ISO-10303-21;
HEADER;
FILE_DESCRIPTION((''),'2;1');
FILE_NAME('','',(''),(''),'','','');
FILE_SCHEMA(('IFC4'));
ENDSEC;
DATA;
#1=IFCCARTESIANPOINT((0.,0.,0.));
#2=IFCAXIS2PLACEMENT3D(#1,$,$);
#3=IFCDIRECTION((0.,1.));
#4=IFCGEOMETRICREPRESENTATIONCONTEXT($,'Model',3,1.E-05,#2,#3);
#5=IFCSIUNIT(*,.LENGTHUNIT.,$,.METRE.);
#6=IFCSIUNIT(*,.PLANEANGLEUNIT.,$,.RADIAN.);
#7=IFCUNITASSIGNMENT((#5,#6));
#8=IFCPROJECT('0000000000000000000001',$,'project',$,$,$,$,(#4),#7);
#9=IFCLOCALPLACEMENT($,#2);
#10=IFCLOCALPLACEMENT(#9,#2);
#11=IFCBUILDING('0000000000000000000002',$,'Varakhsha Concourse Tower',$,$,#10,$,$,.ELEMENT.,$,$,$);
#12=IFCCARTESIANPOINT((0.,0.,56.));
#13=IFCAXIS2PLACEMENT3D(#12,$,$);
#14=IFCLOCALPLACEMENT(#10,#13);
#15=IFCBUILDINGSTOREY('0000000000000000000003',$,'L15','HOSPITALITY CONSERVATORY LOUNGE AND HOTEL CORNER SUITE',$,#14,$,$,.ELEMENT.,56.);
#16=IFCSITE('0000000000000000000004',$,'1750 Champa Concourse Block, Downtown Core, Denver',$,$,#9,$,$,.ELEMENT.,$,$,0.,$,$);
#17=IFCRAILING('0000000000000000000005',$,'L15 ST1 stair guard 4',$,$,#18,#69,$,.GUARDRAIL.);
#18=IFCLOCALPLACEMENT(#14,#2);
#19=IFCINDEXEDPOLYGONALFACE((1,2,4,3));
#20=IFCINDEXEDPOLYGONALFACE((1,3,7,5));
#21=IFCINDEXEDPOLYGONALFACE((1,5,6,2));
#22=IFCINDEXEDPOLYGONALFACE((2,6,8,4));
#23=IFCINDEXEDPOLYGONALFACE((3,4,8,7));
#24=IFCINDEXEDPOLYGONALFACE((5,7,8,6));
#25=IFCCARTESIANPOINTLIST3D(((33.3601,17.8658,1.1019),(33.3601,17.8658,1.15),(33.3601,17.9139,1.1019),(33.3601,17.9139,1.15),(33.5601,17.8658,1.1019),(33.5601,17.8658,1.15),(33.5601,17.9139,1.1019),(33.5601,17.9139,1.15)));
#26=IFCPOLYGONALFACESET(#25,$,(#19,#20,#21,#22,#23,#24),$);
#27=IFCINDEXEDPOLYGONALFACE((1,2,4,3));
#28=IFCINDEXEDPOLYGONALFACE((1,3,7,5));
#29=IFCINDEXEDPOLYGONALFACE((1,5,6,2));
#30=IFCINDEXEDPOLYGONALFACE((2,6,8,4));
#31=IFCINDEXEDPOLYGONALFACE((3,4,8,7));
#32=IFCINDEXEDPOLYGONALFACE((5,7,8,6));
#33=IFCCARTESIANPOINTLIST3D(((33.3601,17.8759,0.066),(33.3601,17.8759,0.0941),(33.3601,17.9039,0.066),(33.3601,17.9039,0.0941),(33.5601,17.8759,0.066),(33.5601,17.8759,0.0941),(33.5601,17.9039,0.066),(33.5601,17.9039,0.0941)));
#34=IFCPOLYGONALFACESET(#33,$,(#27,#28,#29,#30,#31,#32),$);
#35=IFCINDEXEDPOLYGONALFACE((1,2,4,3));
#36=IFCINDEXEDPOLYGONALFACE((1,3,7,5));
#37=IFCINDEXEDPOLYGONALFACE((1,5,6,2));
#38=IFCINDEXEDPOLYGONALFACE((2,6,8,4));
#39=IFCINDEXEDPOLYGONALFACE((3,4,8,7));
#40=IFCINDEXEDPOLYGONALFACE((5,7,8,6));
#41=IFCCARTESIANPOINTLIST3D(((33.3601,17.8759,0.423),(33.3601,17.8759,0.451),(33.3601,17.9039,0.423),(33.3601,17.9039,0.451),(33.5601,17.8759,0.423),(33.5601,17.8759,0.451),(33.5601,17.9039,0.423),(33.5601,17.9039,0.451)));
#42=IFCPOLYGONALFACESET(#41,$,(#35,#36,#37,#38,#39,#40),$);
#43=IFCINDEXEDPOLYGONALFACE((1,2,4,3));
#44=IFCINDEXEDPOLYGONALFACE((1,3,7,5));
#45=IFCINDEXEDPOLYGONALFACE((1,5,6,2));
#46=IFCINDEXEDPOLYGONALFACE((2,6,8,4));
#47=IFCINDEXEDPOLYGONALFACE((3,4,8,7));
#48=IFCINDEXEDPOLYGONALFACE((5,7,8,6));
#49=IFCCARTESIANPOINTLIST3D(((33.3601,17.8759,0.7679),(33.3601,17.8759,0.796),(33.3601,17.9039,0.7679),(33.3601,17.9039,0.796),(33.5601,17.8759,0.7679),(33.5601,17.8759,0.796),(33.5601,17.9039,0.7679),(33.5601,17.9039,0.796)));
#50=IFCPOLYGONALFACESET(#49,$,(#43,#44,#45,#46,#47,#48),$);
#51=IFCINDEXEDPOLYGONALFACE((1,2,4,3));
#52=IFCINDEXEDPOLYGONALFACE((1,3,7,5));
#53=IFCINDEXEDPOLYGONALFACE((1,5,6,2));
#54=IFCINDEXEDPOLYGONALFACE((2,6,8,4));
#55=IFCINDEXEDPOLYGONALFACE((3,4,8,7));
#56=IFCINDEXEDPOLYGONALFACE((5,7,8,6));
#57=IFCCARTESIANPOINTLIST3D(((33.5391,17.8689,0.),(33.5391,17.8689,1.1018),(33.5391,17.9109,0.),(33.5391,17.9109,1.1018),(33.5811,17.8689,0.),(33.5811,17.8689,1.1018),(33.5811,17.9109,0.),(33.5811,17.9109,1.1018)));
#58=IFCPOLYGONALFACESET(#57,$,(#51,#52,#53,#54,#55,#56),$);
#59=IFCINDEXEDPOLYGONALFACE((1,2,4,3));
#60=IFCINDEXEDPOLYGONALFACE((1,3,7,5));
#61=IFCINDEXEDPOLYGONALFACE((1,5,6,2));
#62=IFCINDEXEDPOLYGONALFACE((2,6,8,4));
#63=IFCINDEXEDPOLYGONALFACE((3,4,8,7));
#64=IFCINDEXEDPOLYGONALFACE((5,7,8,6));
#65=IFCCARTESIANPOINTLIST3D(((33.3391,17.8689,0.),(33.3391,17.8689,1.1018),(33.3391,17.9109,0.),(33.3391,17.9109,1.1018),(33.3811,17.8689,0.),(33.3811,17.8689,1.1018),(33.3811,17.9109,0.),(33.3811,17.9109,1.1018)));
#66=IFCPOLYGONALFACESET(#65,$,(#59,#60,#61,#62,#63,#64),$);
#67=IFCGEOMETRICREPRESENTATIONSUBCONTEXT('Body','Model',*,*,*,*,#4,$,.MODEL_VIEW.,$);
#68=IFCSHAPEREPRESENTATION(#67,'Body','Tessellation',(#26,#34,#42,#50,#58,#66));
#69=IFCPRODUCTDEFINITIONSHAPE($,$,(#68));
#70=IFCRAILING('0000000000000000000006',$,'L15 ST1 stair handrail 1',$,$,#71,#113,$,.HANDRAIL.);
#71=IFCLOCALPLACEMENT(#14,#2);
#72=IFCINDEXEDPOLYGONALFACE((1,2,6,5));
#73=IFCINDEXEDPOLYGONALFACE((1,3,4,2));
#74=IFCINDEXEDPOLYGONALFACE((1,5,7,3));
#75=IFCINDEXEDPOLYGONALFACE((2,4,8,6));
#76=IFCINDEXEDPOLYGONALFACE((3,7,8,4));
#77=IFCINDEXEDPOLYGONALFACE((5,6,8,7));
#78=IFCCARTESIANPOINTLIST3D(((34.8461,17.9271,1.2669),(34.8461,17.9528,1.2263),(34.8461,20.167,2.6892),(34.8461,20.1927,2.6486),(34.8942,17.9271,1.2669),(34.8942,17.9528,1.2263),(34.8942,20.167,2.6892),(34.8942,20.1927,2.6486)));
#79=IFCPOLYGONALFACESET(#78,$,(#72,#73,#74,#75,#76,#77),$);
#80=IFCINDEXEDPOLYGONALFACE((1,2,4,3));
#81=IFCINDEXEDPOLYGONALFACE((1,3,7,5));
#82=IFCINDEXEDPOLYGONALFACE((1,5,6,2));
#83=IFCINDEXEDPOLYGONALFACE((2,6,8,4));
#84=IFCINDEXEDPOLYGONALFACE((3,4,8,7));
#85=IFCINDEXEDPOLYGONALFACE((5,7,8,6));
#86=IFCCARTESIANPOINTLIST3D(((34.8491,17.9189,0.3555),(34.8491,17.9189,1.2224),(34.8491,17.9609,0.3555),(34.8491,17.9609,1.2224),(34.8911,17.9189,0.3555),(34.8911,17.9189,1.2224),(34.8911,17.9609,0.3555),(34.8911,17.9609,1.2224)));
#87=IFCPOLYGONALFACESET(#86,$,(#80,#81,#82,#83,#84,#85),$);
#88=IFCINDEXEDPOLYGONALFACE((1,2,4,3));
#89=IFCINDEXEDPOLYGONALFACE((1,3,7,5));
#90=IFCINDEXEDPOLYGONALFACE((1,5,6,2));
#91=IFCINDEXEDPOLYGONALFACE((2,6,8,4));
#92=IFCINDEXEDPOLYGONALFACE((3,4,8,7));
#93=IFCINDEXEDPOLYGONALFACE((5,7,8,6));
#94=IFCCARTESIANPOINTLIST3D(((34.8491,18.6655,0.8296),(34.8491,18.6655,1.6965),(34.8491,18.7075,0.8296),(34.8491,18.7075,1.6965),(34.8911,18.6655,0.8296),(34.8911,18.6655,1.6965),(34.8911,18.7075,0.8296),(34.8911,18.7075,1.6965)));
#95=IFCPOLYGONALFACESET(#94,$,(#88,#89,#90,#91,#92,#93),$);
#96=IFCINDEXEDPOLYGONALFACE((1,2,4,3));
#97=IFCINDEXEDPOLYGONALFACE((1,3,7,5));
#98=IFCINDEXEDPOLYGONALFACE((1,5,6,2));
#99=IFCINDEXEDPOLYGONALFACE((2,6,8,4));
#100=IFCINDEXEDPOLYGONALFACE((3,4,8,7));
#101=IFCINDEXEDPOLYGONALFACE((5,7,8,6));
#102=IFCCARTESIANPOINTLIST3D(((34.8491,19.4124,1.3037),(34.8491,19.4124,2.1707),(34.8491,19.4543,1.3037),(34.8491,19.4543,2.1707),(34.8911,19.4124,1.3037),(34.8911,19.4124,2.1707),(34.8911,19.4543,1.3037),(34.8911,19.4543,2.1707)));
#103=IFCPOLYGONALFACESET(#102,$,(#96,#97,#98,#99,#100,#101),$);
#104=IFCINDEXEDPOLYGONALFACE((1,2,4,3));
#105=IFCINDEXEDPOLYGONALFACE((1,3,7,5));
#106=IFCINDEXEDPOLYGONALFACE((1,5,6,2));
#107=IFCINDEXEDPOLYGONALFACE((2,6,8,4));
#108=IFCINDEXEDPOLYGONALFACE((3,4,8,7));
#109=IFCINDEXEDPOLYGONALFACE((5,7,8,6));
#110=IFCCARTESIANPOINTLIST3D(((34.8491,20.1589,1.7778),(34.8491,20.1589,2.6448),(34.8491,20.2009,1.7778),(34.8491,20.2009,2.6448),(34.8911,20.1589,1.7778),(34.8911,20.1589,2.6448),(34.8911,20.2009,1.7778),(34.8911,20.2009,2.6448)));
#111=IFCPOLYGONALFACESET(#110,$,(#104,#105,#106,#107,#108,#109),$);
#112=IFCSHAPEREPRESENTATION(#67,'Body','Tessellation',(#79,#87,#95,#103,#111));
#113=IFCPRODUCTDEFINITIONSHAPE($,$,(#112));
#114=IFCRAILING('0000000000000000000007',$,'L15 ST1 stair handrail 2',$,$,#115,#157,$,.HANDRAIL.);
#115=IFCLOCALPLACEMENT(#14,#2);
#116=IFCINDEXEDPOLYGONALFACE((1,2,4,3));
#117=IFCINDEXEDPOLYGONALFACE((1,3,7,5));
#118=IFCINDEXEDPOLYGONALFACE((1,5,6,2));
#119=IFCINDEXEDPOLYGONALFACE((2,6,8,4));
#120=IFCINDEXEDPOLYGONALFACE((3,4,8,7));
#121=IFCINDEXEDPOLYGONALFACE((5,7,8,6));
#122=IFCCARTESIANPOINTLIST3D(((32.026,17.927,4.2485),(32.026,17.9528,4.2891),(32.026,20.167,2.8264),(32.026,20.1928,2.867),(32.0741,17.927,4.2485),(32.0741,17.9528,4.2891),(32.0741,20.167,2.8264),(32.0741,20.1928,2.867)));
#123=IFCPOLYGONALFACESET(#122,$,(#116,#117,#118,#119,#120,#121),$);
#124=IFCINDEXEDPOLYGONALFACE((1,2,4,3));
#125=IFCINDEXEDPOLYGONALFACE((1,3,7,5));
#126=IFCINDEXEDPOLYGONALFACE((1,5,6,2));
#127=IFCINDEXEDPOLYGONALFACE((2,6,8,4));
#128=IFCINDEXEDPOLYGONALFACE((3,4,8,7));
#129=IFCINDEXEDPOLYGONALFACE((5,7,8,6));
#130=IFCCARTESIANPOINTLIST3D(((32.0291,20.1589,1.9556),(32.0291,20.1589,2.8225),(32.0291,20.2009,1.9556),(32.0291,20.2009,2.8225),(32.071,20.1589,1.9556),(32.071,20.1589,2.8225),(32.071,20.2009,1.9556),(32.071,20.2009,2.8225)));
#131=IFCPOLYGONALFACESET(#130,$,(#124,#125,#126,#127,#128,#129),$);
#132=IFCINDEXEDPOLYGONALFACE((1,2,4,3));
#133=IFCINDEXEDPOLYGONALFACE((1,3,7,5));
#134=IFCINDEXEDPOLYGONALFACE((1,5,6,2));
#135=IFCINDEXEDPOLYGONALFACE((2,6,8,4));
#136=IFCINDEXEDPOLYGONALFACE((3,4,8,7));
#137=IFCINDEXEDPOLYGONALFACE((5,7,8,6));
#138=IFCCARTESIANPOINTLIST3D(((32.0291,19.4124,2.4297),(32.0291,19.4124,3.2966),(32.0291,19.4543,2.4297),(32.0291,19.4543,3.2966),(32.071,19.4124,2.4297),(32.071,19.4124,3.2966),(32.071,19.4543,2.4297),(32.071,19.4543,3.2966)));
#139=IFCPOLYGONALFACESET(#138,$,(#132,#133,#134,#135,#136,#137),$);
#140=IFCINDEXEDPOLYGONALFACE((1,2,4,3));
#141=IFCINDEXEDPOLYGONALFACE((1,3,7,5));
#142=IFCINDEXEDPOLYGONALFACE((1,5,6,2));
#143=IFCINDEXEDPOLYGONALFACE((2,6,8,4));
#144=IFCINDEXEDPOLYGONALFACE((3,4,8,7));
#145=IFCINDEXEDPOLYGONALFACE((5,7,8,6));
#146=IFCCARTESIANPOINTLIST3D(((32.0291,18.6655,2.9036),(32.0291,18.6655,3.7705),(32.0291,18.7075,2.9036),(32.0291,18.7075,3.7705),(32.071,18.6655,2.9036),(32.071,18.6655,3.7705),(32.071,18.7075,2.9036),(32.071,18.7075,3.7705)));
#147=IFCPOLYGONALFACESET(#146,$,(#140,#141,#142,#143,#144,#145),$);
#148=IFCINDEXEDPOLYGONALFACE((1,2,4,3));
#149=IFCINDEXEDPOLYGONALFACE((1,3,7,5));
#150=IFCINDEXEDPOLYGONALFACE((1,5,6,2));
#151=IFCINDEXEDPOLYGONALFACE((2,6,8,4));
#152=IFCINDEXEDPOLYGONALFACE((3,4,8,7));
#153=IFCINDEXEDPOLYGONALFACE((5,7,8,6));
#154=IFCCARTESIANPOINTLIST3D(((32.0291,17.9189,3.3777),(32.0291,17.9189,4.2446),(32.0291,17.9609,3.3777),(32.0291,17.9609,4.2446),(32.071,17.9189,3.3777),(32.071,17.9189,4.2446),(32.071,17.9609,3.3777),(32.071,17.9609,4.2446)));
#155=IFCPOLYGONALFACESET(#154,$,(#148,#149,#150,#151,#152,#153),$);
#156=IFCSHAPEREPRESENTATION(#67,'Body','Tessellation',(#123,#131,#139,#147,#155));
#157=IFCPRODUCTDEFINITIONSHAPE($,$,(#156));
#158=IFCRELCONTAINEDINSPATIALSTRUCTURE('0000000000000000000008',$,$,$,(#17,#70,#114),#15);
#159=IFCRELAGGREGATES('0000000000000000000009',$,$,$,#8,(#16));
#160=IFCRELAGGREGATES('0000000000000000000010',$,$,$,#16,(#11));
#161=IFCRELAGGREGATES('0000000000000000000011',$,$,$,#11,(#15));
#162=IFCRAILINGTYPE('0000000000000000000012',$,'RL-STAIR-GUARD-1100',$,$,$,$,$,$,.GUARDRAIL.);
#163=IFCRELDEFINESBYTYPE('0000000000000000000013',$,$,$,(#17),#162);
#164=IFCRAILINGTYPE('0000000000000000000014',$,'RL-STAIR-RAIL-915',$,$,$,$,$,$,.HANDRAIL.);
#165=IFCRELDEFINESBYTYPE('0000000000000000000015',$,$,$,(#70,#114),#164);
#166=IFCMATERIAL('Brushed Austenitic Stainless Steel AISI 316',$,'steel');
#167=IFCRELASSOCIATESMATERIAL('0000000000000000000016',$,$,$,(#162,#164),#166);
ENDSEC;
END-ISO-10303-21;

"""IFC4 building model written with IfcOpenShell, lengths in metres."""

from ifc_helpers import new_model, si_unit, direction, frame, origin, origin_2d, place, context, subcontext, project, spatial, rectangle, extrude, material, type_object, element, save


model = new_model("IFC4")

# Units and contexts
model_context = context("Model", 3, precision=1e-05, world=origin(), true_north=direction((0.0, 1.0)))
body_context = subcontext(model_context, "Body", "Model", "MODEL_VIEW")
ifc_project = project(units=[si_unit("LENGTHUNIT", "METRE"), si_unit("PLANEANGLEUNIT", "RADIAN")], contexts=[model_context])

# Site, building, storey
site_placement = place(None, origin())
site = spatial("IfcSite", under=ifc_project, at=site_placement, Name="1750 Champa Concourse Block, Downtown Core, Denver", CompositionType="ELEMENT", RefElevation=0.0)
building_placement = place(site_placement, origin())
building = spatial("IfcBuilding", under=site, at=building_placement, Name="Varakhsha Concourse Tower", CompositionType="ELEMENT")
storey_placement = place(building_placement, frame((0.0, 0.0, 56.0)))
storey = spatial("IfcBuildingStorey", under=building, at=storey_placement, Name="L15", Description="HOSPITALITY CONSERVATORY LOUNGE AND HOTEL CORNER SUITE", CompositionType="ELEMENT", Elevation=56.0)

# Shared definitions
ifc_material_1 = material(Name="Brushed Austenitic Stainless Steel AISI 316", Category="steel")

# Railings
railing_type_1 = type_object("IfcRailingType", Name="RL-STAIR-GUARD-1100", PredefinedType="GUARDRAIL", material=ifc_material_1)
railing_1_placement = place(storey_placement, frame((33.5601, 17.8899, 0.0)))
element("IfcRailing", 1, at=railing_1_placement, inside=storey, type_object=railing_type_1, Name="L15 ST1 stair guard 4", PredefinedType="GUARDRAIL", context=body_context, shape_type="SweptSolid", body=[
    extrude(rectangle(XDim=0.0481, YDim=0.0481, at=origin_2d()), frame((0.0, 0.0, 1.126), z_axis=(-1.0, 0.0, 0.0), x_axis=(0.0, -1.0, 0.0)), (0.0, 0.0, 1.0), 0.2),
    extrude(rectangle(XDim=0.0281, YDim=0.0281, at=origin_2d()), frame((0.0, 0.0, 0.0801), z_axis=(-1.0, 0.0, 0.0), x_axis=(0.0, -1.0, 0.0)), (0.0, 0.0, 1.0), 0.2),
    extrude(rectangle(XDim=0.0281, YDim=0.0281, at=origin_2d()), frame((0.0, 0.0, 0.437), z_axis=(-1.0, 0.0, 0.0), x_axis=(0.0, -1.0, 0.0)), (0.0, 0.0, 1.0), 0.2),
    extrude(rectangle(XDim=0.0281, YDim=0.0281, at=origin_2d()), frame((0.0, 0.0, 0.782), z_axis=(-1.0, 0.0, 0.0), x_axis=(0.0, -1.0, 0.0)), (0.0, 0.0, 1.0), 0.2),
    extrude(rectangle(XDim=0.042, YDim=0.042, at=origin_2d()), origin(), (0.0, 0.0, 1.0), 1.1018),
    extrude(rectangle(XDim=0.042, YDim=0.042, at=origin_2d()), frame((-0.2, 0.0, 0.0)), (0.0, 0.0, 1.0), 1.1018),
])
railing_type_2 = type_object("IfcRailingType", Name="RL-STAIR-RAIL-915", PredefinedType="HANDRAIL", material=ifc_material_1)
railing_2_placement = place(storey_placement, frame((34.8701, 17.9399, 0.3555)))
element("IfcRailing", 2, at=railing_2_placement, inside=storey, type_object=railing_type_2, Name="L15 ST1 stair handrail 1", PredefinedType="HANDRAIL", context=body_context, shape_type="SweptSolid", body=[
    extrude(rectangle(XDim=0.0481, YDim=0.0481, at=origin_2d()), frame((0.0, 0.0, 0.8911), z_axis=(0.0, 0.844188, 0.536048), x_axis=(-1.0, 0.0, 0.0)), (0.0, 0.0, 1.0), 2.6533),
    extrude(rectangle(XDim=0.042, YDim=0.042, at=origin_2d()), origin(), (0.0, 0.0, 1.0), 0.8669),
    extrude(rectangle(XDim=0.042, YDim=0.042, at=origin_2d()), frame((0.0, 0.7466, 0.4741)), (0.0, 0.0, 1.0), 0.8669),
    extrude(rectangle(XDim=0.042, YDim=0.042, at=origin_2d()), frame((0.0, 1.4934, 0.9482)), (0.0, 0.0, 1.0), 0.8669),
    extrude(rectangle(XDim=0.042, YDim=0.042, at=origin_2d()), frame((0.0, 2.24, 1.4224)), (0.0, 0.0, 1.0), 0.8669),
])
railing_3_placement = place(storey_placement, frame((32.05, 20.1799, 1.9556)))
element("IfcRailing", 3, at=railing_3_placement, inside=storey, type_object=railing_type_2, Name="L15 ST1 stair handrail 2", PredefinedType="HANDRAIL", context=body_context, shape_type="SweptSolid", body=[
    extrude(rectangle(XDim=0.0481, YDim=0.0481, at=origin_2d()), frame((0.0, 0.0, 0.8911), z_axis=(0.0, -0.844229, 0.535982), x_axis=(1.0, 0.0, 0.0)), (0.0, 0.0, 1.0), 2.6533),
    extrude(rectangle(XDim=0.042, YDim=0.042, at=origin_2d()), origin(), (0.0, 0.0, 1.0), 0.8669),
    extrude(rectangle(XDim=0.042, YDim=0.042, at=origin_2d()), frame((0.0, -0.7466, 0.4741)), (0.0, 0.0, 1.0), 0.8669),
    extrude(rectangle(XDim=0.042, YDim=0.042, at=origin_2d()), frame((0.0, -1.4934, 0.948)), (0.0, 0.0, 1.0), 0.8669),
    extrude(rectangle(XDim=0.042, YDim=0.042, at=origin_2d()), frame((0.0, -2.24, 1.4221)), (0.0, 0.0, 1.0), 0.8669),
])

save(model, "model.ifc")
